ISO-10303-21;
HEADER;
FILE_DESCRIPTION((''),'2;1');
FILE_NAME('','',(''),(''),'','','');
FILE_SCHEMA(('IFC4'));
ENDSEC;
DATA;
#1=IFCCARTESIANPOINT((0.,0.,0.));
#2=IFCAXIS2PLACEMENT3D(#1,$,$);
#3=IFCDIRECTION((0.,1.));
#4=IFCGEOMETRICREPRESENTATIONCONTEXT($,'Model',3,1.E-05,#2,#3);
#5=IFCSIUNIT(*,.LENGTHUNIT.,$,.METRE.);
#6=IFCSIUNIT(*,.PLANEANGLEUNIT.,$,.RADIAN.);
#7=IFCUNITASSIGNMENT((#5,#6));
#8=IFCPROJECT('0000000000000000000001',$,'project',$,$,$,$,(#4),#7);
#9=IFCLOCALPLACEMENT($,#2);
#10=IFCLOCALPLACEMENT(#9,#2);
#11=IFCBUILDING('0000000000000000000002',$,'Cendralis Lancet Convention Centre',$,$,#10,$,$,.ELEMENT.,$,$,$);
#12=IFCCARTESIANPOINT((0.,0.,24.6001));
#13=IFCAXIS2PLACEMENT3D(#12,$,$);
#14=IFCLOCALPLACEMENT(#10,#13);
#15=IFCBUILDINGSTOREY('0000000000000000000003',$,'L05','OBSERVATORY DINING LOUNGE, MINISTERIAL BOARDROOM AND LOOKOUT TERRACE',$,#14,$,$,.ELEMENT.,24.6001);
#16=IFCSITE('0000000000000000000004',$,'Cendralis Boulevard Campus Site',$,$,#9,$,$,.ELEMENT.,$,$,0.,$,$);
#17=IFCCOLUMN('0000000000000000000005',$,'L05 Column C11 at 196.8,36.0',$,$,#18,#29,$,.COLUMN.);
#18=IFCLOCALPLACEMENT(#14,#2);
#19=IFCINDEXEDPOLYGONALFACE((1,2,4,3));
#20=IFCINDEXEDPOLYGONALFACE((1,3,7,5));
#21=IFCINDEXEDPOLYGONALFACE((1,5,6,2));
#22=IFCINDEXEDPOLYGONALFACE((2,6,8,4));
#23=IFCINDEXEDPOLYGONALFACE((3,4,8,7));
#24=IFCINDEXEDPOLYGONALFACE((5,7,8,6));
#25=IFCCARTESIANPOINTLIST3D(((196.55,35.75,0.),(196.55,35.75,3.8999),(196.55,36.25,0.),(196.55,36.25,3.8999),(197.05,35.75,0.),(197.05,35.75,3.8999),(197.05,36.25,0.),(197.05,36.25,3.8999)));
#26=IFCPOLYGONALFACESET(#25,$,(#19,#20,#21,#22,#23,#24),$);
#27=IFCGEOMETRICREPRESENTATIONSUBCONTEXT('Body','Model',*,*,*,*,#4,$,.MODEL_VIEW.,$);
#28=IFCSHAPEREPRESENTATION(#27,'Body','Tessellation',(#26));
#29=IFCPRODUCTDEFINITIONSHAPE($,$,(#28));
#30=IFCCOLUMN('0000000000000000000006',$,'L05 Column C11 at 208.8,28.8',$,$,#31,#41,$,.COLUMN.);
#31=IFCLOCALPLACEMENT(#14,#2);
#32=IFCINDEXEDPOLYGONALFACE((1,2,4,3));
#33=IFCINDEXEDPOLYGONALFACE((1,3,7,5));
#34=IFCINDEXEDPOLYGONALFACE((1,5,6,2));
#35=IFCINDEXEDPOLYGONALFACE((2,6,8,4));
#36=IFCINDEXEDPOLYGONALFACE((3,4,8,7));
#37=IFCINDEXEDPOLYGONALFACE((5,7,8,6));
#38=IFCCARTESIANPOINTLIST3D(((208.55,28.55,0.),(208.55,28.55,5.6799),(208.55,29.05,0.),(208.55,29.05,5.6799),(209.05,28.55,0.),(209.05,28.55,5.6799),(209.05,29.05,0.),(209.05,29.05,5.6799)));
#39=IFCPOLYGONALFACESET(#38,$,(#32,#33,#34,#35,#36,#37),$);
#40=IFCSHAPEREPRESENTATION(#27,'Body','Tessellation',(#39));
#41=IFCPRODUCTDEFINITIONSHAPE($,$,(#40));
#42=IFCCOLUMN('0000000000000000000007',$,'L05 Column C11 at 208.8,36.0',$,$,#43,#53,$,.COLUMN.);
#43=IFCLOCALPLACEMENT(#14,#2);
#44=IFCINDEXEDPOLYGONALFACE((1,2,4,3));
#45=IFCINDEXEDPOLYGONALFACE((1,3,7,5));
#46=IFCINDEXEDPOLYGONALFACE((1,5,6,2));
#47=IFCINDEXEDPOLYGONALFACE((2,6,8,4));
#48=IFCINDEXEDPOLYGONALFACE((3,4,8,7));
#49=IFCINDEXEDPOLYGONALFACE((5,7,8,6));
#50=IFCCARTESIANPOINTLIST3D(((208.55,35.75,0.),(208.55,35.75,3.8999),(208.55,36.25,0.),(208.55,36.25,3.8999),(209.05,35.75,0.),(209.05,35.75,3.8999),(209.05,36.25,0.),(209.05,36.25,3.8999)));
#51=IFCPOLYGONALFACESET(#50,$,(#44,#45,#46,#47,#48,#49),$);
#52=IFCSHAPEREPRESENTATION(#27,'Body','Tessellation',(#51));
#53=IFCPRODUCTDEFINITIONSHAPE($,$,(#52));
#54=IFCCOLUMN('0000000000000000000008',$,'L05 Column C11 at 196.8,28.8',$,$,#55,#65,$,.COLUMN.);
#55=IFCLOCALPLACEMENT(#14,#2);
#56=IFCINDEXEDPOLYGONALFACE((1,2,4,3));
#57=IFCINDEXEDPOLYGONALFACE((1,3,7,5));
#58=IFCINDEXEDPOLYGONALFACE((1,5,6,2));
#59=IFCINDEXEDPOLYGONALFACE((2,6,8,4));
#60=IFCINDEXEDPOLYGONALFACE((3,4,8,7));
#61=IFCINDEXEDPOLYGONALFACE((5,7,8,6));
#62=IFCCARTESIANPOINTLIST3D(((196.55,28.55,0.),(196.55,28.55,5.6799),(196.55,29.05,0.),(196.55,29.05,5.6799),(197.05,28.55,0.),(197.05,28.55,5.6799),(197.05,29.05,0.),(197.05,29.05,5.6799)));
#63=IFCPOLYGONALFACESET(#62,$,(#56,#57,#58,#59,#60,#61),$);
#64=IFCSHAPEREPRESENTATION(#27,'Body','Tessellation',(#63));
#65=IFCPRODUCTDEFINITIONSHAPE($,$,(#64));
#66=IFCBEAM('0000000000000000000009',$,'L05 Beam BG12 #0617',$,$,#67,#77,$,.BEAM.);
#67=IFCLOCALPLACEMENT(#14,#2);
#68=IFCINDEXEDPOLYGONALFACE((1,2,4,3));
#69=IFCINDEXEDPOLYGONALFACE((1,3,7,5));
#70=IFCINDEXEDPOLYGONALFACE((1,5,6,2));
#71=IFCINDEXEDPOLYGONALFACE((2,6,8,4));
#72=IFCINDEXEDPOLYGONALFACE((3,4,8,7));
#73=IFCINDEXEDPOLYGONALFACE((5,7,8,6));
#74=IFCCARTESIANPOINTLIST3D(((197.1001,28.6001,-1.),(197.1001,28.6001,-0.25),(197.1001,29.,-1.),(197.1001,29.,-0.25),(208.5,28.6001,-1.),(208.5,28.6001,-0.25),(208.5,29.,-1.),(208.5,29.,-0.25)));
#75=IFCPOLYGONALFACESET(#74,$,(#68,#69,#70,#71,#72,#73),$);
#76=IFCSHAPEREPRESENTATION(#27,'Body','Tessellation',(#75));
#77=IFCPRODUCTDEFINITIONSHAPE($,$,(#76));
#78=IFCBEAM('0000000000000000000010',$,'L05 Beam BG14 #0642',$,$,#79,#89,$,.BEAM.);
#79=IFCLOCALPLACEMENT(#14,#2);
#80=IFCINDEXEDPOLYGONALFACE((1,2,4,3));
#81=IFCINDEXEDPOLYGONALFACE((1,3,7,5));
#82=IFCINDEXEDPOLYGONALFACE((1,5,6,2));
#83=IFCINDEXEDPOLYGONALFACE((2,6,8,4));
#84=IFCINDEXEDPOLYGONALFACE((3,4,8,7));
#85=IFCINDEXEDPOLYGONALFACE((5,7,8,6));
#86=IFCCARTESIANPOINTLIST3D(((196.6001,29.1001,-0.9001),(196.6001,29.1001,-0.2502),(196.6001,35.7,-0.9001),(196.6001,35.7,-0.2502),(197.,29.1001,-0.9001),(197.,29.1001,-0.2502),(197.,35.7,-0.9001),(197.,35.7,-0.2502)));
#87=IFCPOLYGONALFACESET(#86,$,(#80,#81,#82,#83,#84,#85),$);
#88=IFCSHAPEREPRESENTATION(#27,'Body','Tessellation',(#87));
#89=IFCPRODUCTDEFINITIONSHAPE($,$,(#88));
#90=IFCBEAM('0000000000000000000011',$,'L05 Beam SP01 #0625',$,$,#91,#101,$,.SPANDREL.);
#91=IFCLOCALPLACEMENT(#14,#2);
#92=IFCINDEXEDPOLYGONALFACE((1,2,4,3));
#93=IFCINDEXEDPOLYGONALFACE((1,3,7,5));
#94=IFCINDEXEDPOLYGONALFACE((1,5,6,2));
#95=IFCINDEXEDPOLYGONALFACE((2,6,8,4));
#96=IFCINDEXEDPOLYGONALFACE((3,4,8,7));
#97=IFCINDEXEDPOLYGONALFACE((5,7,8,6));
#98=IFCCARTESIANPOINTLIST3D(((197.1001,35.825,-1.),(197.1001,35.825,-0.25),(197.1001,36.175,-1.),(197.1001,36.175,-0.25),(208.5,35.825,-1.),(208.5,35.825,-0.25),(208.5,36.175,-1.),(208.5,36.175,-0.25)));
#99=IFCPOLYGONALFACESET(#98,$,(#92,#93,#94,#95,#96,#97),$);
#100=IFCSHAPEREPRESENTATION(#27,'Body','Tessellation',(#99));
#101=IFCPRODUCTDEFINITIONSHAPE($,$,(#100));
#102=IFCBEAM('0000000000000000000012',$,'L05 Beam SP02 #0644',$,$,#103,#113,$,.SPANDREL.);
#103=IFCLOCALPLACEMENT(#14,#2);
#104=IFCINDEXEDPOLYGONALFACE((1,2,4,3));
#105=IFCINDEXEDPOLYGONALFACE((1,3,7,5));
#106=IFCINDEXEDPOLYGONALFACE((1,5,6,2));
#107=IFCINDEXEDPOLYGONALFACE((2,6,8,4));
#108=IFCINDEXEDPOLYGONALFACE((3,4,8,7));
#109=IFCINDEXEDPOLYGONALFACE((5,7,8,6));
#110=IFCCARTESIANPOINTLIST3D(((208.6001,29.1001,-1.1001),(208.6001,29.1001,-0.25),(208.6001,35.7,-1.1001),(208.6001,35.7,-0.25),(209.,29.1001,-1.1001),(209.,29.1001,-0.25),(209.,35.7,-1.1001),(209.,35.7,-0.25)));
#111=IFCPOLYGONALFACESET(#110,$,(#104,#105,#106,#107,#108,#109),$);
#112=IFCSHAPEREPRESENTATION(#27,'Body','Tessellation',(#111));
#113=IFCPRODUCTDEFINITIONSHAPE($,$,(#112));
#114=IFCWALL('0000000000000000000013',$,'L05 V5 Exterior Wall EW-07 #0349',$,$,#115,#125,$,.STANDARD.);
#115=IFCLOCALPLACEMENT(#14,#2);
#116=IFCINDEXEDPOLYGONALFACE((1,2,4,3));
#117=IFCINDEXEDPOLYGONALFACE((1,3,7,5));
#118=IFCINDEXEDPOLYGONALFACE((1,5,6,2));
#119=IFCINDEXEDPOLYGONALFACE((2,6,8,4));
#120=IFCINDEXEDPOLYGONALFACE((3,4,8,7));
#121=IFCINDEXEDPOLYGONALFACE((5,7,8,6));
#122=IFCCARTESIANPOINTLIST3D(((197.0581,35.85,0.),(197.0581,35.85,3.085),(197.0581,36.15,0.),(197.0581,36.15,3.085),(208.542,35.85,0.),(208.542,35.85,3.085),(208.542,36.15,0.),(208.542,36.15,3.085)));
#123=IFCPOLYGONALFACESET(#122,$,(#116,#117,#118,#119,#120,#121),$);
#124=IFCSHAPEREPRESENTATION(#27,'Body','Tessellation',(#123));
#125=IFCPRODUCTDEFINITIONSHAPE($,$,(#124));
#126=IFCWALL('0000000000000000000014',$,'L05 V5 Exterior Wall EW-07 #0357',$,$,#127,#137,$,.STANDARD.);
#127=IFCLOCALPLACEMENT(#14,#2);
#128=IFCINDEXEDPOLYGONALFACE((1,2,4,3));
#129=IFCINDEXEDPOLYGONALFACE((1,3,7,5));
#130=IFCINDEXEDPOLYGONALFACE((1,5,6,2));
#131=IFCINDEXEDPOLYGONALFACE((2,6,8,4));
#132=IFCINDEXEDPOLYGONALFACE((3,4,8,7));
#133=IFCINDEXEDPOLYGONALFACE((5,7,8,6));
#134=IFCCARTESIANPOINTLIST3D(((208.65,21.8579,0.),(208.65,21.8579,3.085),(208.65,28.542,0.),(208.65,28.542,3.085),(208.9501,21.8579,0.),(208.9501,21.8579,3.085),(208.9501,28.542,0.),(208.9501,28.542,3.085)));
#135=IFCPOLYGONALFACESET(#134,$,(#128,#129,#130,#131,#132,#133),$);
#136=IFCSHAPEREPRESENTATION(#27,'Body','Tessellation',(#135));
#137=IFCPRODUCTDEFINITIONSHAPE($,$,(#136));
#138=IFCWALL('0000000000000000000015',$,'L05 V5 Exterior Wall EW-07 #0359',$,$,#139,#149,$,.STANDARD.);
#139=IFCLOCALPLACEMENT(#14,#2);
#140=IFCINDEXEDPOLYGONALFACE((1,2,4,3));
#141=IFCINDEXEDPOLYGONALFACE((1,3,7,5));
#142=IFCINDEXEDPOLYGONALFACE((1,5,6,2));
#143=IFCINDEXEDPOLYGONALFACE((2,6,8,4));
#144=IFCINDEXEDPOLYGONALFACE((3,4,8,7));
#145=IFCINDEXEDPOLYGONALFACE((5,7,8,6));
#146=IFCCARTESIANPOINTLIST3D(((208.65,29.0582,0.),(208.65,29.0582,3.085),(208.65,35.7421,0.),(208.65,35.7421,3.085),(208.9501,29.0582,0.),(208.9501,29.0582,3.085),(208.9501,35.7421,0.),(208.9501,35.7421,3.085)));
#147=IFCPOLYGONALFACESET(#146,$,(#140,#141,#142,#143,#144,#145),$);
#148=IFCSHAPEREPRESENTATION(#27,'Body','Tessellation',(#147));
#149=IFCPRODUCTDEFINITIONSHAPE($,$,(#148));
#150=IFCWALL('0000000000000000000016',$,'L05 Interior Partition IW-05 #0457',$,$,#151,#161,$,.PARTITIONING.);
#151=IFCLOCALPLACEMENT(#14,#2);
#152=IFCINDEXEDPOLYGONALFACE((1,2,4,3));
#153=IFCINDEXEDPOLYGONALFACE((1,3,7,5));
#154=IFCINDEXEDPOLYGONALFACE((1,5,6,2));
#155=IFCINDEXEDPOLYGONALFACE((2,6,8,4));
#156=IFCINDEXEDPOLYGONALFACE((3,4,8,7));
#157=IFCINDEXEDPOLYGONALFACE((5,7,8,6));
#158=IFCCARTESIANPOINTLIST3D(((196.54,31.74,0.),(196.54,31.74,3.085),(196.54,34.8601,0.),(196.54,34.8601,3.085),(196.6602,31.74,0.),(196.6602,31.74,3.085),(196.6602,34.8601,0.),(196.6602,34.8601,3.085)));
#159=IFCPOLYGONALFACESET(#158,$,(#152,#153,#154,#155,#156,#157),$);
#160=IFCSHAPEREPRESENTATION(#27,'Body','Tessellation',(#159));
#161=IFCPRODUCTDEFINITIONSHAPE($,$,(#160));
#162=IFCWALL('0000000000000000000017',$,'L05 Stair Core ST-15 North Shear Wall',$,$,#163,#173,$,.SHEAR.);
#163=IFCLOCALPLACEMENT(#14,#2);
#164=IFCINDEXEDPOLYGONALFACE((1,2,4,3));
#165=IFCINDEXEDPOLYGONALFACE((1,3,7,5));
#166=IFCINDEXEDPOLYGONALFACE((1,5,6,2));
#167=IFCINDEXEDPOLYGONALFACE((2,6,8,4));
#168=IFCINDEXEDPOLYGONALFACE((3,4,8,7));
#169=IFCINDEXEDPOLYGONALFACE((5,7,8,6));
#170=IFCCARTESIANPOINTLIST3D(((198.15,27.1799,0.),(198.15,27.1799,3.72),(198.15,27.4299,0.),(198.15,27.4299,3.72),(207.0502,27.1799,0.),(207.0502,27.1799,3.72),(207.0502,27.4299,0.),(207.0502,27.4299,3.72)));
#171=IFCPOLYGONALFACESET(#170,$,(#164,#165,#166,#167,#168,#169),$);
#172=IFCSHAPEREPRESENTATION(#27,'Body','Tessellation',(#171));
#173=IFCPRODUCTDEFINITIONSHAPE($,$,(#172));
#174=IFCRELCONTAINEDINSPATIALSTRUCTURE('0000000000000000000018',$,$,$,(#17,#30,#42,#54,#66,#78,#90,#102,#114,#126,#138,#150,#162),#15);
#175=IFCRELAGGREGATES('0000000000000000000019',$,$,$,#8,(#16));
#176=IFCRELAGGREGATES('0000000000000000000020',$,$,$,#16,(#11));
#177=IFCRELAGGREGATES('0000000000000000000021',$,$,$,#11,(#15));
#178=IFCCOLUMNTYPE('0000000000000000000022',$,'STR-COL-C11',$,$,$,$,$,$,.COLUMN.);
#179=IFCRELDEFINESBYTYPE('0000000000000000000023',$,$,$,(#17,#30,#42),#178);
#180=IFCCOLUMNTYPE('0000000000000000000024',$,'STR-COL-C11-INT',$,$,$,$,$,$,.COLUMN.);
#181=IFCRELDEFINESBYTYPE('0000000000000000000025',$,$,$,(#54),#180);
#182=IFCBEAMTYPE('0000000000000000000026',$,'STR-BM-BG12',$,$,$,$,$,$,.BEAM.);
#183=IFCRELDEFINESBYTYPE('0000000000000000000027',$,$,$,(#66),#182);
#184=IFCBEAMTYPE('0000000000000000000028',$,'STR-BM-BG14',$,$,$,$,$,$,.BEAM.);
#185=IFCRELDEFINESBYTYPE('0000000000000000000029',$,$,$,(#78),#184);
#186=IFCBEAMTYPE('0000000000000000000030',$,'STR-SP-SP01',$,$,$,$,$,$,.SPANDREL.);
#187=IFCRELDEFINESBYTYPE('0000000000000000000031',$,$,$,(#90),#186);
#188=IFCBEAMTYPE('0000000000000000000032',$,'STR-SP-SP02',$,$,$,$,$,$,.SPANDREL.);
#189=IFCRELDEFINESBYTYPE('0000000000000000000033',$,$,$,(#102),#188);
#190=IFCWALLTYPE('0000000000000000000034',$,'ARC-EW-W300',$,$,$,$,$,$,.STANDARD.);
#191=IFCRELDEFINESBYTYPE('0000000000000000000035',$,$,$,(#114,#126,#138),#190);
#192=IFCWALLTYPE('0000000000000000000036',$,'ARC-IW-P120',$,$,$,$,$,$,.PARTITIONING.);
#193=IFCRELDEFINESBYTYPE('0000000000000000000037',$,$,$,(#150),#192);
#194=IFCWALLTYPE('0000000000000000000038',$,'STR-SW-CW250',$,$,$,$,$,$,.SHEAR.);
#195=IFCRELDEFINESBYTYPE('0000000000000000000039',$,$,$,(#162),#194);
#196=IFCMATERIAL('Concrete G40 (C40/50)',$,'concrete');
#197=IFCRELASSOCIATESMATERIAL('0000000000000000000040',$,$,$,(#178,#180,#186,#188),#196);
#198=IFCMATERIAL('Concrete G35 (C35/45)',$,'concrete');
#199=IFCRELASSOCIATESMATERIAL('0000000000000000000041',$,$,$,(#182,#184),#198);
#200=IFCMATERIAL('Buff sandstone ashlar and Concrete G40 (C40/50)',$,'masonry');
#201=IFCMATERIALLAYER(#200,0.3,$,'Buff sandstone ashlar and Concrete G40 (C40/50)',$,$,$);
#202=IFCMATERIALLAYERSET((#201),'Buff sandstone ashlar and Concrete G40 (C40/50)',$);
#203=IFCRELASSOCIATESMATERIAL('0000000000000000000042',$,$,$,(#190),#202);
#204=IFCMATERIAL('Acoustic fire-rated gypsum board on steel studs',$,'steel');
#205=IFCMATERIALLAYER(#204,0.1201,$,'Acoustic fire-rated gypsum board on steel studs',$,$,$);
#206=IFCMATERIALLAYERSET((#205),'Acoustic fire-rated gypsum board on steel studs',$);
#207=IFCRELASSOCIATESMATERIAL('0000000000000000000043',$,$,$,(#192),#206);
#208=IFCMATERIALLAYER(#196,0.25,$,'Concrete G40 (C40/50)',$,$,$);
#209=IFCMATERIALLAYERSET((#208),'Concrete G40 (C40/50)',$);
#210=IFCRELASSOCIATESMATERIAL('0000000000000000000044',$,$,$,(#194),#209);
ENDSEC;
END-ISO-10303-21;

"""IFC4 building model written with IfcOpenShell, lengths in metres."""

from ifc_helpers import new_model, si_unit, direction, frame, frame_2d, origin, origin_2d, place, context, subcontext, project, spatial, rectangle, extrude, material, layer, layer_set, material_profile, profile_set, type_object, element, save


model = new_model("IFC4")

# Units and contexts
model_context = context("Model", 3, precision=1e-05, world=origin(), true_north=direction((0.0, 1.0)))
body_context = subcontext(model_context, "Body", "Model", "MODEL_VIEW")
ifc_project = project(units=[si_unit("LENGTHUNIT", "METRE"), si_unit("PLANEANGLEUNIT", "RADIAN")], contexts=[model_context])

# Site, building, storey
site_placement = place(None, origin())
site = spatial("IfcSite", under=ifc_project, at=site_placement, Name="Cendralis Boulevard Campus Site", CompositionType="ELEMENT", RefElevation=0.0)
building_placement = place(site_placement, origin())
building = spatial("IfcBuilding", under=site, at=building_placement, Name="Cendralis Lancet Convention Centre", CompositionType="ELEMENT")
storey_placement = place(building_placement, frame((0.0, 0.0, 24.6001)))
storey = spatial("IfcBuildingStorey", under=building, at=storey_placement, Name="L05", Description="OBSERVATORY DINING LOUNGE, MINISTERIAL BOARDROOM AND LOOKOUT TERRACE", CompositionType="ELEMENT", Elevation=24.6001)

# Columns
ifc_material_1 = material(Name="Concrete G40 (C40/50)", Category="concrete")
ifc_material_profile_1 = material_profile(ifc_material_1, rectangle(XDim=0.5, YDim=0.5, at=origin_2d()), Name="RC 500x500")
ifc_profile_set_1 = profile_set([ifc_material_profile_1], Name="Concrete G40 (C40/50)")
column_type_1 = type_object("IfcColumnType", Name="STR-COL-C11", PredefinedType="COLUMN", material=ifc_profile_set_1)
column_1_placement = place(storey_placement, frame((196.8, 36.0, 0.0), z_axis=(0.0, 0.0, 1.0), x_axis=(1.0, 0.0, 0.0)))
element("IfcColumn", 1, at=column_1_placement, inside=storey, type_object=column_type_1, Name="L05 Column C11 at 196.8,36.0", PredefinedType="COLUMN", context=body_context, shape_type="SweptSolid", body=[
    extrude(rectangle(XDim=0.5, YDim=0.5, at=origin_2d()), origin(), (0.0, 0.0, 1.0), 3.8999),
])
column_2_placement = place(storey_placement, frame((208.8, 28.8, 0.0), z_axis=(0.0, 0.0, 1.0), x_axis=(1.0, 0.0, 0.0)))
element("IfcColumn", 2, at=column_2_placement, inside=storey, type_object=column_type_1, Name="L05 Column C11 at 208.8,28.8", PredefinedType="COLUMN", context=body_context, shape_type="SweptSolid", body=[
    extrude(rectangle(XDim=0.5, YDim=0.5, at=origin_2d()), origin(), (0.0, 0.0, 1.0), 5.6799),
])
column_3_placement = place(storey_placement, frame((208.8, 36.0, 0.0), z_axis=(0.0, 0.0, 1.0), x_axis=(1.0, 0.0, 0.0)))
element("IfcColumn", 3, at=column_3_placement, inside=storey, type_object=column_type_1, Name="L05 Column C11 at 208.8,36.0", PredefinedType="COLUMN", context=body_context, shape_type="SweptSolid", body=[
    extrude(rectangle(XDim=0.5, YDim=0.5, at=origin_2d()), origin(), (0.0, 0.0, 1.0), 3.8999),
])
ifc_material_profile_2 = material_profile(ifc_material_1, rectangle(XDim=0.5, YDim=0.5, at=origin_2d()), Name="RC 500x500")
ifc_profile_set_2 = profile_set([ifc_material_profile_2], Name="Concrete G40 (C40/50)")
column_type_2 = type_object("IfcColumnType", Name="STR-COL-C11-INT", PredefinedType="COLUMN", material=ifc_profile_set_2)
column_4_placement = place(storey_placement, frame((196.8, 28.8, 0.0), z_axis=(0.0, 0.0, 1.0), x_axis=(1.0, 0.0, 0.0)))
element("IfcColumn", 4, at=column_4_placement, inside=storey, type_object=column_type_2, Name="L05 Column C11 at 196.8,28.8", PredefinedType="COLUMN", context=body_context, shape_type="SweptSolid", body=[
    extrude(rectangle(XDim=0.5, YDim=0.5, at=origin_2d()), origin(), (0.0, 0.0, 1.0), 5.6799),
])

# Beams
ifc_material_2 = material(Name="Concrete G35 (C35/45)", Category="concrete")
ifc_material_profile_3 = material_profile(ifc_material_2, rectangle(XDim=0.3999, YDim=0.75, at=origin_2d()), Name="RCB 400x750")
ifc_profile_set_3 = profile_set([ifc_material_profile_3], Name="Concrete G35 (C35/45)")
beam_type_1 = type_object("IfcBeamType", Name="STR-BM-BG12", PredefinedType="BEAM", material=ifc_profile_set_3)
beam_1_placement = place(storey_placement, frame((197.1001, 28.8, -0.625), z_axis=(1.0, 0.0, 0.0), x_axis=(0.0, 1.0, 0.0)))
element("IfcBeam", 5, at=beam_1_placement, inside=storey, type_object=beam_type_1, Name="L05 Beam BG12 #0617", PredefinedType="BEAM", context=body_context, shape_type="SweptSolid", body=[
    extrude(rectangle(XDim=0.3999, YDim=0.75, at=origin_2d()), origin(), (0.0, 0.0, 1.0), 11.3999),
])
ifc_material_profile_4 = material_profile(ifc_material_2, rectangle(XDim=0.3999, YDim=0.6499, at=origin_2d()), Name="RCB 400x650")
ifc_profile_set_4 = profile_set([ifc_material_profile_4], Name="Concrete G35 (C35/45)")
beam_type_2 = type_object("IfcBeamType", Name="STR-BM-BG14", PredefinedType="BEAM", material=ifc_profile_set_4)
beam_2_placement = place(storey_placement, frame((196.8, 29.1001, -0.5752), z_axis=(0.0, 1.0, 0.0), x_axis=(-1.0, 0.0, 0.0)))
element("IfcBeam", 6, at=beam_2_placement, inside=storey, type_object=beam_type_2, Name="L05 Beam BG14 #0642", PredefinedType="BEAM", context=body_context, shape_type="SweptSolid", body=[
    extrude(rectangle(XDim=0.3999, YDim=0.6499, at=origin_2d()), origin(), (0.0, 0.0, 1.0), 6.5999),
])
ifc_material_profile_5 = material_profile(ifc_material_1, rectangle(XDim=0.3501, YDim=0.75, at=origin_2d()), Name="RCB 350x750")
ifc_profile_set_5 = profile_set([ifc_material_profile_5], Name="Concrete G40 (C40/50)")
beam_type_3 = type_object("IfcBeamType", Name="STR-SP-SP01", PredefinedType="SPANDREL", material=ifc_profile_set_5)
beam_3_placement = place(storey_placement, frame((197.1001, 36.0, -0.625), z_axis=(1.0, 0.0, 0.0), x_axis=(0.0, 1.0, 0.0)))
element("IfcBeam", 7, at=beam_3_placement, inside=storey, type_object=beam_type_3, Name="L05 Beam SP01 #0625", PredefinedType="SPANDREL", context=body_context, shape_type="SweptSolid", body=[
    extrude(rectangle(XDim=0.3501, YDim=0.75, at=origin_2d()), origin(), (0.0, 0.0, 1.0), 11.3999),
])
ifc_material_profile_6 = material_profile(ifc_material_1, rectangle(XDim=0.3999, YDim=0.8501, at=origin_2d()), Name="RCB 400x850")
ifc_profile_set_6 = profile_set([ifc_material_profile_6], Name="Concrete G40 (C40/50)")
beam_type_4 = type_object("IfcBeamType", Name="STR-SP-SP02", PredefinedType="SPANDREL", material=ifc_profile_set_6)
beam_4_placement = place(storey_placement, frame((208.8, 29.1001, -0.675), z_axis=(0.0, 1.0, 0.0), x_axis=(-1.0, 0.0, 0.0)))
element("IfcBeam", 8, at=beam_4_placement, inside=storey, type_object=beam_type_4, Name="L05 Beam SP02 #0644", PredefinedType="SPANDREL", context=body_context, shape_type="SweptSolid", body=[
    extrude(rectangle(XDim=0.3999, YDim=0.8501, at=origin_2d()), origin(), (0.0, 0.0, 1.0), 6.5999),
])

# Walls
ifc_material_3 = material(Name="Buff sandstone ashlar and Concrete G40 (C40/50)", Category="masonry")
ifc_layer_1 = layer(ifc_material_3, 0.3, Name="Buff sandstone ashlar and Concrete G40 (C40/50)")
ifc_layer_set_1 = layer_set([ifc_layer_1], Name="Buff sandstone ashlar and Concrete G40 (C40/50)")
wall_type_1 = type_object("IfcWallType", Name="ARC-EW-W300", PredefinedType="STANDARD", material=ifc_layer_set_1)
wall_1_placement = place(storey_placement, frame((197.0581, 36.0, 0.0), z_axis=(0.0, 0.0, 1.0), x_axis=(1.0, 0.0, 0.0)))
element("IfcWall", 9, at=wall_1_placement, inside=storey, type_object=wall_type_1, Name="L05 V5 Exterior Wall EW-07 #0349", PredefinedType="STANDARD", context=body_context, shape_type="SweptSolid", body=[
    extrude(rectangle(XDim=11.4839, YDim=0.3, at=frame_2d((5.7419, 0.0))), origin(), (0.0, 0.0, 1.0), 3.085),
])
wall_2_placement = place(storey_placement, frame((208.8, 28.542, 0.0), z_axis=(0.0, 0.0, 1.0), x_axis=(0.0, -1.0, 0.0)))
element("IfcWall", 10, at=wall_2_placement, inside=storey, type_object=wall_type_1, Name="L05 V5 Exterior Wall EW-07 #0357", PredefinedType="STANDARD", context=body_context, shape_type="SweptSolid", body=[
    extrude(rectangle(XDim=6.6841, YDim=0.3, at=frame_2d((3.342, 0.0))), origin(), (0.0, 0.0, 1.0), 3.085),
])
wall_3_placement = place(storey_placement, frame((208.8, 35.7419, 0.0), z_axis=(0.0, 0.0, 1.0), x_axis=(0.0, -1.0, 0.0)))
element("IfcWall", 11, at=wall_3_placement, inside=storey, type_object=wall_type_1, Name="L05 V5 Exterior Wall EW-07 #0359", PredefinedType="STANDARD", context=body_context, shape_type="SweptSolid", body=[
    extrude(rectangle(XDim=6.6838, YDim=0.3, at=frame_2d((3.3418, 0.0))), origin(), (0.0, 0.0, 1.0), 3.085),
])
ifc_material_4 = material(Name="Acoustic fire-rated gypsum board on steel studs", Category="steel")
ifc_layer_2 = layer(ifc_material_4, 0.1201, Name="Acoustic fire-rated gypsum board on steel studs")
ifc_layer_set_2 = layer_set([ifc_layer_2], Name="Acoustic fire-rated gypsum board on steel studs")
wall_type_2 = type_object("IfcWallType", Name="ARC-IW-P120", PredefinedType="PARTITIONING", material=ifc_layer_set_2)
wall_4_placement = place(storey_placement, frame((196.6001, 31.74, 0.0), z_axis=(0.0, 0.0, 1.0), x_axis=(0.0, 1.0, 0.0)))
element("IfcWall", 12, at=wall_4_placement, inside=storey, type_object=wall_type_2, Name="L05 Interior Partition IW-05 #0457", PredefinedType="PARTITIONING", context=body_context, shape_type="SweptSolid", body=[
    extrude(rectangle(XDim=3.1201, YDim=0.1201, at=frame_2d((1.5601, 0.0))), origin(), (0.0, 0.0, 1.0), 3.085),
])
ifc_layer_3 = layer(ifc_material_1, 0.25, Name="Concrete G40 (C40/50)")
ifc_layer_set_3 = layer_set([ifc_layer_3], Name="Concrete G40 (C40/50)")
wall_type_3 = type_object("IfcWallType", Name="STR-SW-CW250", PredefinedType="SHEAR", material=ifc_layer_set_3)
wall_5_placement = place(storey_placement, frame((198.1499, 27.3049, 0.0), z_axis=(0.0, 0.0, 1.0), x_axis=(1.0, 0.0, 0.0)))
element("IfcWall", 13, at=wall_5_placement, inside=storey, type_object=wall_type_3, Name="L05 Stair Core ST-15 North Shear Wall", PredefinedType="SHEAR", context=body_context, shape_type="SweptSolid", body=[
    extrude(rectangle(XDim=8.9001, YDim=0.25, at=frame_2d((4.4502, 0.0))), origin(), (0.0, 0.0, 1.0), 3.72),
])

save(model, "model.ifc")
